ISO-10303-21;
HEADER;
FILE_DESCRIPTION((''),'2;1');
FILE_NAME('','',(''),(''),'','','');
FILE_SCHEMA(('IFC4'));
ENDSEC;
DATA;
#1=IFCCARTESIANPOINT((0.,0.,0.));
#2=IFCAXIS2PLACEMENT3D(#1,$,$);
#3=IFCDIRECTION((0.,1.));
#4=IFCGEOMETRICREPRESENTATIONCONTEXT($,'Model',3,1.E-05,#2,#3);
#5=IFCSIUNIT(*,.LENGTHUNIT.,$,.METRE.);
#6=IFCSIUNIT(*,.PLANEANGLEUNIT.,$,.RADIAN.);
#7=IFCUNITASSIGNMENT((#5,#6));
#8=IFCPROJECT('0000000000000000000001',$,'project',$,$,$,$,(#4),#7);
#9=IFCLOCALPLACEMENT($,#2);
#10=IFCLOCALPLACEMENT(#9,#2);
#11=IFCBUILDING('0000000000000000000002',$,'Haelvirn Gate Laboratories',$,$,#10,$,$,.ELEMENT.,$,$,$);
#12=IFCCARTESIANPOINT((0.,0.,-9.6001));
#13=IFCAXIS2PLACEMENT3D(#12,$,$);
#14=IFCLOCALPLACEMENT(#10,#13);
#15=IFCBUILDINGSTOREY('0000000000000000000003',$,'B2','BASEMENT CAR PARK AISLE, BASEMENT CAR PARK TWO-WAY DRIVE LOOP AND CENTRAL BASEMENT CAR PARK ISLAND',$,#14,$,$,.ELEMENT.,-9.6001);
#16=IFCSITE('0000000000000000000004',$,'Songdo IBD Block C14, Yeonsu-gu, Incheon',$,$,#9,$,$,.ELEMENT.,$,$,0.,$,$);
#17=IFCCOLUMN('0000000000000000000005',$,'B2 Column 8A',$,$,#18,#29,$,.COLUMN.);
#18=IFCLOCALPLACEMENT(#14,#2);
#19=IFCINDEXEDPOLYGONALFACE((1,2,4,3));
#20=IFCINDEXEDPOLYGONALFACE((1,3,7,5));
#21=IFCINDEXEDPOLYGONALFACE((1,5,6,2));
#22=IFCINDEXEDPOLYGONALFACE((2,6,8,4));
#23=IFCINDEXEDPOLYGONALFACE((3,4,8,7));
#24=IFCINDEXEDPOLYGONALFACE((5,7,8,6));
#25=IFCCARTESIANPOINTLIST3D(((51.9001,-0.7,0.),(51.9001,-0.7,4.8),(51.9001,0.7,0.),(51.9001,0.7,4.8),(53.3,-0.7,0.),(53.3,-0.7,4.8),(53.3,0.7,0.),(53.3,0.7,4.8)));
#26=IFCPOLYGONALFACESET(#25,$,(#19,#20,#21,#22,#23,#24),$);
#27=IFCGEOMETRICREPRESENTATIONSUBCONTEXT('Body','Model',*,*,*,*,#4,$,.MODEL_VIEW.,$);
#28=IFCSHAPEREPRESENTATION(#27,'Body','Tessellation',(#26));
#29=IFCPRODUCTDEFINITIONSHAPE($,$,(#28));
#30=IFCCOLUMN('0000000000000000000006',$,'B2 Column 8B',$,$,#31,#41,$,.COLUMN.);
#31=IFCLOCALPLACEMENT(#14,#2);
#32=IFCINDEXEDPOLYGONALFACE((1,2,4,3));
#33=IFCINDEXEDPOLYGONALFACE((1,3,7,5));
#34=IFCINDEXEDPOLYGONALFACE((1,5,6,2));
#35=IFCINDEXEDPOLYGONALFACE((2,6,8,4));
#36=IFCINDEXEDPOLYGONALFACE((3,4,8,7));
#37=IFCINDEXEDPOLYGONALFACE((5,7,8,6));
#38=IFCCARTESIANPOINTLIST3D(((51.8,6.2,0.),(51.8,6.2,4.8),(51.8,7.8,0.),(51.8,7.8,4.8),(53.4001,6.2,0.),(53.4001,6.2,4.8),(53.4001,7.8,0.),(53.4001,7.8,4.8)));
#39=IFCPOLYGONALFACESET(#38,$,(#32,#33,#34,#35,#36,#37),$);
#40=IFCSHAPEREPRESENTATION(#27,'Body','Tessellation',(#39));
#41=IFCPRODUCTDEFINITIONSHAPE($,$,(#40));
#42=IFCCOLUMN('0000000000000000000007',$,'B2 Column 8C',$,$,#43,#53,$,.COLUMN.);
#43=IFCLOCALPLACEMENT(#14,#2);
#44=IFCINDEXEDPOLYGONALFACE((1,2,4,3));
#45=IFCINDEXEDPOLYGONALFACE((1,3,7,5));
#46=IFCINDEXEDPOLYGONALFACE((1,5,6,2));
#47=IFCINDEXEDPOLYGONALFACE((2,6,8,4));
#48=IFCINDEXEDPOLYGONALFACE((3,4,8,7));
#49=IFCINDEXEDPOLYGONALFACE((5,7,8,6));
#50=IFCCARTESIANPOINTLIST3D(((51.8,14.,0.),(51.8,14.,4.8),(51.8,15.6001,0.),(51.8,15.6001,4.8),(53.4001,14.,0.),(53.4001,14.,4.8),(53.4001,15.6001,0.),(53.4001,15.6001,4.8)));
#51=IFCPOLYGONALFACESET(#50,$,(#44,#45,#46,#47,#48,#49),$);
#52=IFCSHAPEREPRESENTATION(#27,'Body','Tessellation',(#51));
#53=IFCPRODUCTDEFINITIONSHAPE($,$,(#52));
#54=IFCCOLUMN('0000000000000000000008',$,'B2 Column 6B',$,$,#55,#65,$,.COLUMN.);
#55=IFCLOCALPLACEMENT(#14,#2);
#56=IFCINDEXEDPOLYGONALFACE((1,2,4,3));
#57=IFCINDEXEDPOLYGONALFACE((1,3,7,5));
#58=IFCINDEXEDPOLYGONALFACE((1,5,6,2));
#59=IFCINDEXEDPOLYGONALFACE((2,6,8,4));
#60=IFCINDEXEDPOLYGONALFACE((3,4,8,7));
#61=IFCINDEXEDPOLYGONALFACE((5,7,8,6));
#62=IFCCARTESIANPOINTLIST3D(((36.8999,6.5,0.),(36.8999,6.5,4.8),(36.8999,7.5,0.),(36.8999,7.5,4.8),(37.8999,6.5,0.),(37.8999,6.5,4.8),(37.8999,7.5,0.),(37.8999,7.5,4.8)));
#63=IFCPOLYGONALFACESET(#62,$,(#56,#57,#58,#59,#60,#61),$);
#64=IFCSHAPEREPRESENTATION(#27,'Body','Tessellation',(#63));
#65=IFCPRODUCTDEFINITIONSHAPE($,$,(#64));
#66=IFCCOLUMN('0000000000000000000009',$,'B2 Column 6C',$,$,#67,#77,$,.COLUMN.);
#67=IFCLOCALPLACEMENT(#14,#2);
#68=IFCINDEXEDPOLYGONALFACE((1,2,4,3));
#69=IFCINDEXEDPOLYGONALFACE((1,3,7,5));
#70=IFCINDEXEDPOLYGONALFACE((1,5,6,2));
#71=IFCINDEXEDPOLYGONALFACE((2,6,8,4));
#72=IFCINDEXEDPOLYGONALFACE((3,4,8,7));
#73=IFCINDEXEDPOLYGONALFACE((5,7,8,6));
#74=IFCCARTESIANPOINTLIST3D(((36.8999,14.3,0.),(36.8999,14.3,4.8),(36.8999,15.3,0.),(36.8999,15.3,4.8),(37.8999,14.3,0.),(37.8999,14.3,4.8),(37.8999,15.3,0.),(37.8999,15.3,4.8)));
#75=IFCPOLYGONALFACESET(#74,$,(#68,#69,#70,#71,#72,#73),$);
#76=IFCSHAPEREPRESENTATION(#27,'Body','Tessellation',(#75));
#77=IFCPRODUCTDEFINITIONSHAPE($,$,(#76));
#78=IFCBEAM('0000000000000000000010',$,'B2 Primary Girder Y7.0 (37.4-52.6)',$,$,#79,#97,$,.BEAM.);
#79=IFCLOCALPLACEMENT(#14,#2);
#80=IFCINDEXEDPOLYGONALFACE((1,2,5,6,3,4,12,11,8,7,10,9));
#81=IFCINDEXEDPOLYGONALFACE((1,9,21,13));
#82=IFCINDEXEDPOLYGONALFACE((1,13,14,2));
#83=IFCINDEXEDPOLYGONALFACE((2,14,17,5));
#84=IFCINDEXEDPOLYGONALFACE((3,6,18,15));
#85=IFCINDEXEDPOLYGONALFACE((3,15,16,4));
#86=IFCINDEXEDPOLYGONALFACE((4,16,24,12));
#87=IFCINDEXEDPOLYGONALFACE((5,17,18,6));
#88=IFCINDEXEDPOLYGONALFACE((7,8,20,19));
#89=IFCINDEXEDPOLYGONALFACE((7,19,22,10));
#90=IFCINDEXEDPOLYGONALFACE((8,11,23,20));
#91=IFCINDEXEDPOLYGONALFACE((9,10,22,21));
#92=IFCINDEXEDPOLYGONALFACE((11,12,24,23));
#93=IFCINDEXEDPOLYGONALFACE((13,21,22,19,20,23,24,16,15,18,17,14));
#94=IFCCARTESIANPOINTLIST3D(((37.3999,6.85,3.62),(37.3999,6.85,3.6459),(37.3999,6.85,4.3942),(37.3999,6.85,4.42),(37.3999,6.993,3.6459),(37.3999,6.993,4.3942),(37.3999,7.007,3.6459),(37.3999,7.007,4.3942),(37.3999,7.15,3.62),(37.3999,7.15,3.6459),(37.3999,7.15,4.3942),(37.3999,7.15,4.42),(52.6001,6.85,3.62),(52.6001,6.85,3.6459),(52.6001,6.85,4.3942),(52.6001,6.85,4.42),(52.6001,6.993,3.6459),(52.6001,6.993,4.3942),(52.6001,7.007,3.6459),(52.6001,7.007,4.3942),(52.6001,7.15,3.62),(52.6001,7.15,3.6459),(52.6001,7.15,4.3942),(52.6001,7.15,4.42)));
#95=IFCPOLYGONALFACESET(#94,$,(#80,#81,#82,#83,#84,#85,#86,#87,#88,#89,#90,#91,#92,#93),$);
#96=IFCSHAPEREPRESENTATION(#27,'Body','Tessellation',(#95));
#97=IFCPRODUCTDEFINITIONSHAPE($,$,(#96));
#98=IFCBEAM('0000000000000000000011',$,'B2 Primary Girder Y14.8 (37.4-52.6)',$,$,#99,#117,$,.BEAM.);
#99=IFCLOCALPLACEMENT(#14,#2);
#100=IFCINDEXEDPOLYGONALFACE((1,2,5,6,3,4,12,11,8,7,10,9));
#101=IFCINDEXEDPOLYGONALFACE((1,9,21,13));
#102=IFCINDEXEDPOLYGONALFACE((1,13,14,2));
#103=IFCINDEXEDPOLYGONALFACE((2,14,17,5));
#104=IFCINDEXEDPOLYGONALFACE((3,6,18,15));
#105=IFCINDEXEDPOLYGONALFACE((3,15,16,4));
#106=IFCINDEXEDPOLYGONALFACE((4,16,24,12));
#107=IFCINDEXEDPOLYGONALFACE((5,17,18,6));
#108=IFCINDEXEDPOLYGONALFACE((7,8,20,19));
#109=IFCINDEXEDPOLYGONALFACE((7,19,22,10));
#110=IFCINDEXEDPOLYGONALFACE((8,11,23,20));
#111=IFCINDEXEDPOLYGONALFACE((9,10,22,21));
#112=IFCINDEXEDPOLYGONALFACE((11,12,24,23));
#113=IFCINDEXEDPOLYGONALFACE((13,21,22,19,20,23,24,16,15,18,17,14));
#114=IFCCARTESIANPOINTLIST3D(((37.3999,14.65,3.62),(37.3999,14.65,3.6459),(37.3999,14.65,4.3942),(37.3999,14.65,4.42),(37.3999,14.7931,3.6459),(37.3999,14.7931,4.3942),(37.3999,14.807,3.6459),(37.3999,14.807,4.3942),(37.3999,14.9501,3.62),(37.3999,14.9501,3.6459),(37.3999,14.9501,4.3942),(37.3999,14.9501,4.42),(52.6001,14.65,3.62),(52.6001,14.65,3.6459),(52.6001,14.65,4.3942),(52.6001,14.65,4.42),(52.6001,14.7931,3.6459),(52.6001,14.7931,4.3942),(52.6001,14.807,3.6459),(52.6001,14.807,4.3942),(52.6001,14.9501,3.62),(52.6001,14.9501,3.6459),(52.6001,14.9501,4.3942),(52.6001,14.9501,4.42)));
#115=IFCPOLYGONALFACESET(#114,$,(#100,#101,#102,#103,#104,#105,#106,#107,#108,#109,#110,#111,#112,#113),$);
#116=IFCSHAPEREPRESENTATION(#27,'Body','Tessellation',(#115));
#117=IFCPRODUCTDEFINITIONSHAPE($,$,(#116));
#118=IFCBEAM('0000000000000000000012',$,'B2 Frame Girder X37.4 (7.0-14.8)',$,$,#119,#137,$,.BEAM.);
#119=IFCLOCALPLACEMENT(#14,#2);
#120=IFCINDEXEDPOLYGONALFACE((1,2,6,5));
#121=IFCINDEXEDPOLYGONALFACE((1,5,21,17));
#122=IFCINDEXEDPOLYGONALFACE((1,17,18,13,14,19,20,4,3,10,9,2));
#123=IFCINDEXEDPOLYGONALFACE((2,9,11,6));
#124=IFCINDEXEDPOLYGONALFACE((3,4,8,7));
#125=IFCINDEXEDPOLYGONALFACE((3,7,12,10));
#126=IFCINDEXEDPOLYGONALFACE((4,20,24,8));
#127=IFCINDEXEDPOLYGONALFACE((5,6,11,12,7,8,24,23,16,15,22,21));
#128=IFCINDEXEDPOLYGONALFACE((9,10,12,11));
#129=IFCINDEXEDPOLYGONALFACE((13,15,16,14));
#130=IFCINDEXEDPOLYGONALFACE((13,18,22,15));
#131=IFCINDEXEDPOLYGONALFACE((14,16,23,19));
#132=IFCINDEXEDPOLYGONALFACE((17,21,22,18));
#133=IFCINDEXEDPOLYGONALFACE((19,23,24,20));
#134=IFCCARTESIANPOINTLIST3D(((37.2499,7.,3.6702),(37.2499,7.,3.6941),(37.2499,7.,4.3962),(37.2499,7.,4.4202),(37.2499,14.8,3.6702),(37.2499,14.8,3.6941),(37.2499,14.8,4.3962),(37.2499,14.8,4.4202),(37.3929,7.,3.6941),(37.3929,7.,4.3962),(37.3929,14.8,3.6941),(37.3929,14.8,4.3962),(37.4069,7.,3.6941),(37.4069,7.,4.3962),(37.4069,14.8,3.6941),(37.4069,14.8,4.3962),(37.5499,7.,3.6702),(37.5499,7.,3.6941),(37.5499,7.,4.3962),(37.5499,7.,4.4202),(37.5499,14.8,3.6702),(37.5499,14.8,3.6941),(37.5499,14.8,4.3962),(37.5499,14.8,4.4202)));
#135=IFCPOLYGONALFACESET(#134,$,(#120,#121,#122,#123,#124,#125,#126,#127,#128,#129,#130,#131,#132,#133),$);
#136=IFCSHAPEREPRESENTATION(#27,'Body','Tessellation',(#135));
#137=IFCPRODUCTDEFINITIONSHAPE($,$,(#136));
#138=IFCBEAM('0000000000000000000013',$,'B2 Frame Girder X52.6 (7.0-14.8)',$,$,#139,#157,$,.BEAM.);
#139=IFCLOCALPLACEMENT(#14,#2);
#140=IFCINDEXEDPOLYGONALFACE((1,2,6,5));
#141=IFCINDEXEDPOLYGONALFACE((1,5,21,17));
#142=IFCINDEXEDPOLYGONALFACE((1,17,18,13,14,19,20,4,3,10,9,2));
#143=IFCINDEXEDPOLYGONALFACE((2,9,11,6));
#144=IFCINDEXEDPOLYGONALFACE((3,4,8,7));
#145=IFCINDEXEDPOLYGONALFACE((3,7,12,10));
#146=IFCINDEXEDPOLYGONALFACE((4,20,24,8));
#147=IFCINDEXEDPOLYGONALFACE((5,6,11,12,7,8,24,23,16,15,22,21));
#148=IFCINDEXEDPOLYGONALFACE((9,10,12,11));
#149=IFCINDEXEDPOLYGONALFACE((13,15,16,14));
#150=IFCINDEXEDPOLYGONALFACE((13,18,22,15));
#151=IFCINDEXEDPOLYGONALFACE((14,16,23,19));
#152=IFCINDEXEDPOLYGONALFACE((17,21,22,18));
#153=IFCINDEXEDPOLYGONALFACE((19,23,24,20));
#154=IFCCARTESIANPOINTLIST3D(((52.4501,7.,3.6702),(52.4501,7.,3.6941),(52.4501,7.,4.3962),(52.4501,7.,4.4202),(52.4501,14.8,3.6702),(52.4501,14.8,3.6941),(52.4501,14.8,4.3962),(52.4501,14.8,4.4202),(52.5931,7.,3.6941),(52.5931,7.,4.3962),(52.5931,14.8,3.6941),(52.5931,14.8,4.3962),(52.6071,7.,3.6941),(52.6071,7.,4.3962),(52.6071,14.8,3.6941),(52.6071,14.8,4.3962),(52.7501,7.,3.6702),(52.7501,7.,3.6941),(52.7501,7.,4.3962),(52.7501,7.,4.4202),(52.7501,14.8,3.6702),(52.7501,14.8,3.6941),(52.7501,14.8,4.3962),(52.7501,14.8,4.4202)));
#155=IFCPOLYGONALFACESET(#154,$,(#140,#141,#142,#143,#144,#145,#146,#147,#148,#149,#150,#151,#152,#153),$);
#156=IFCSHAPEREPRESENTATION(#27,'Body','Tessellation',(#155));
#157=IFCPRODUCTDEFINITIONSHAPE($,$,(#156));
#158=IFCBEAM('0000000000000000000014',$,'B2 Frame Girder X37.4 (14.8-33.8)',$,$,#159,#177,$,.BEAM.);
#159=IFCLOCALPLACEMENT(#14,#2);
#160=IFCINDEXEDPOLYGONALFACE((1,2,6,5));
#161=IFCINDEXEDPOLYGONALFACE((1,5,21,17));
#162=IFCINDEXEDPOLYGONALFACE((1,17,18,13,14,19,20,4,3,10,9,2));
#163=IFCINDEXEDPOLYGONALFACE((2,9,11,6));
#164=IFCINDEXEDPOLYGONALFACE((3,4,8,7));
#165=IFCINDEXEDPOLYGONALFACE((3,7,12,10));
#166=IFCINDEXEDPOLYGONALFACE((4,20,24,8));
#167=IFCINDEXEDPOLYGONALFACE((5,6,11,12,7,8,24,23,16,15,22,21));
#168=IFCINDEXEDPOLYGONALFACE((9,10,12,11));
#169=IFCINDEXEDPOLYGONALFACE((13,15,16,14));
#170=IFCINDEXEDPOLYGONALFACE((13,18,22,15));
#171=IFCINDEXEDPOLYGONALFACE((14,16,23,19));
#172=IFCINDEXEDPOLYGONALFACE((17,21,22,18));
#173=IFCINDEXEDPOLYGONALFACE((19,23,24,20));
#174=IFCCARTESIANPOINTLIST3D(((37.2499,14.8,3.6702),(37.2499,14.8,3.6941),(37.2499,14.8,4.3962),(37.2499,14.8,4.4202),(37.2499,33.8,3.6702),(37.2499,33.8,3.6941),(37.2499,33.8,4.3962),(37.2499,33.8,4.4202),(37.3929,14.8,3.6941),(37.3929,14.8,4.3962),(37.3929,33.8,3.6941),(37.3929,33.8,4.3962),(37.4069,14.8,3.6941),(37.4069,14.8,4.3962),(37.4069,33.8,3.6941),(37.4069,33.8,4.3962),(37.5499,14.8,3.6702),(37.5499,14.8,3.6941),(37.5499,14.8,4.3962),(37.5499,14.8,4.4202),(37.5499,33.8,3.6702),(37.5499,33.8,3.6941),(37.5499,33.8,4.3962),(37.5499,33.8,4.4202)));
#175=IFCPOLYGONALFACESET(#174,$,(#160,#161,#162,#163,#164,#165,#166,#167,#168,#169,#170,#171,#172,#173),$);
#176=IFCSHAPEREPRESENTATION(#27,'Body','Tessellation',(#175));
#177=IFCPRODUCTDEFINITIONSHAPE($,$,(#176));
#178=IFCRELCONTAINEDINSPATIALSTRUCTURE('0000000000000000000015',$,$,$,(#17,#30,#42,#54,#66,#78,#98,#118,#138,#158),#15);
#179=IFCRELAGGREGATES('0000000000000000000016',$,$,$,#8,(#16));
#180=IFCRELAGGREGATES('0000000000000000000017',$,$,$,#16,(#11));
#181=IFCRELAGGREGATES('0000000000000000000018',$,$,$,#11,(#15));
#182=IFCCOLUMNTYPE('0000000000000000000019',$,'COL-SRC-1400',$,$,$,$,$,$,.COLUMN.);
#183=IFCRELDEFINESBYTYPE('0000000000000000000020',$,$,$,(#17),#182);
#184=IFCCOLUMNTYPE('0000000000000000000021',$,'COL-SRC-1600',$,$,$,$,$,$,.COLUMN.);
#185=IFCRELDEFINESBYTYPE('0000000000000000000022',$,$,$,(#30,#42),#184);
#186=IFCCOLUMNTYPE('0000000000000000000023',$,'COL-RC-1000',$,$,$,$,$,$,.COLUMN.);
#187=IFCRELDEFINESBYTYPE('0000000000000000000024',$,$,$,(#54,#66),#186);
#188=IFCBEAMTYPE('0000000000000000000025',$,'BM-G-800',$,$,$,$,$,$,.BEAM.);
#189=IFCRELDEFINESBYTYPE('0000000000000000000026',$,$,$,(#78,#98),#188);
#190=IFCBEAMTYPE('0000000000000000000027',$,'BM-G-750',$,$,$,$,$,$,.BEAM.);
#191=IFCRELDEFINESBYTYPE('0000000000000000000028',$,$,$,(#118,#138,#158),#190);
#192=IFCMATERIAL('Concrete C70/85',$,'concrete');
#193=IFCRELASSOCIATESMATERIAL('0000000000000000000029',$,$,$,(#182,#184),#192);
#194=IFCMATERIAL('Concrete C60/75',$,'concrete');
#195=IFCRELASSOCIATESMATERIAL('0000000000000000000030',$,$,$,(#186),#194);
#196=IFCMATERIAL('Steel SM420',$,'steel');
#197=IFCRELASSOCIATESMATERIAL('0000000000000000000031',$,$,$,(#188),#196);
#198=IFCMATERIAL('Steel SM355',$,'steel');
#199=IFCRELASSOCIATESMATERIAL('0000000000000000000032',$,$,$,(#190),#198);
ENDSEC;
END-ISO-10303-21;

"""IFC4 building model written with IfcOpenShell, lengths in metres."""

from ifc_helpers import new_model, si_unit, direction, frame, origin, origin_2d, place, context, subcontext, project, spatial, rectangle, i_section, extrude, source, transform, mapped, material, material_profile, profile_set, type_object, type_shapes, element, save


model = new_model("IFC4")

# Units and contexts
model_context = context("Model", 3, precision=1e-05, world=origin(), true_north=direction((0.0, 1.0)))
body_context = subcontext(model_context, "Body", "Model", "MODEL_VIEW")
ifc_project = project(units=[si_unit("LENGTHUNIT", "METRE"), si_unit("PLANEANGLEUNIT", "RADIAN")], contexts=[model_context])

# Site, building, storey
site_placement = place(None, origin())
site = spatial("IfcSite", under=ifc_project, at=site_placement, Name="Songdo IBD Block C14, Yeonsu-gu, Incheon", CompositionType="ELEMENT", RefElevation=0.0)
building_placement = place(site_placement, origin())
building = spatial("IfcBuilding", under=site, at=building_placement, Name="Haelvirn Gate Laboratories", CompositionType="ELEMENT")
storey_placement = place(building_placement, frame((0.0, 0.0, -9.6001)))
storey = spatial("IfcBuildingStorey", under=building, at=storey_placement, Name="B2", Description="BASEMENT CAR PARK AISLE, BASEMENT CAR PARK TWO-WAY DRIVE LOOP AND CENTRAL BASEMENT CAR PARK ISLAND", CompositionType="ELEMENT", Elevation=-9.6001)

# Columns
ifc_material_1 = material(Name="Concrete C70/85", Category="concrete")
ifc_material_profile_1 = material_profile(ifc_material_1, rectangle(XDim=1.3999, YDim=1.3999, at=origin_2d()), Name="SRC-1400x1400")
ifc_profile_set_1 = profile_set([ifc_material_profile_1], Name="Concrete C70/85")
column_type_1 = type_object("IfcColumnType", Name="COL-SRC-1400", PredefinedType="COLUMN", material=ifc_profile_set_1)
shared_shape_1 = source(origin(), body_context, "Body", "SweptSolid", [
    extrude(rectangle(XDim=1.3999, YDim=1.3999, at=origin_2d()), origin(), (0.0, 0.0, 1.0), 4.8),
])
type_shapes(column_type_1, [shared_shape_1])
column_placement = place(storey_placement, frame((52.6001, 0.0, 0.0), z_axis=(0.0, 0.0, 1.0), x_axis=(1.0, 0.0, 0.0)))
element("IfcColumn", 1, at=column_placement, inside=storey, type_object=column_type_1, Name="B2 Column 8A", PredefinedType="COLUMN", context=body_context, shape_type="MappedRepresentation", body=[
    mapped(shared_shape_1, transform((0.0, 0.0, 0.0), scale=1.0)),
])
ifc_material_profile_2 = material_profile(ifc_material_1, rectangle(XDim=1.6001, YDim=1.6001, at=origin_2d()), Name="SRC-1600x1600")
ifc_profile_set_2 = profile_set([ifc_material_profile_2], Name="Concrete C70/85")
column_type_2 = type_object("IfcColumnType", Name="COL-SRC-1600", PredefinedType="COLUMN", material=ifc_profile_set_2)
shared_shape_2 = source(origin(), body_context, "Body", "SweptSolid", [
    extrude(rectangle(XDim=1.6001, YDim=1.6001, at=origin_2d()), origin(), (0.0, 0.0, 1.0), 4.8),
])
type_shapes(column_type_2, [shared_shape_2])
for number, where, z_axis, x_axis, name in (
    (2, (52.6001, 7.0, 0.0), (0.0, 0.0, 1.0), (1.0, 0.0, 0.0), "B2 Column 8B"),
    (3, (52.6001, 14.8, 0.0), (0.0, 0.0, 1.0), (1.0, 0.0, 0.0), "B2 Column 8C"),
):
    element("IfcColumn", number, at=place(storey_placement, frame(where, z_axis=z_axis, x_axis=x_axis)), inside=storey, type_object=column_type_2, Name=name, PredefinedType="COLUMN", context=body_context, shape_type="MappedRepresentation", body=[
        mapped(shared_shape_2, transform((0.0, 0.0, 0.0), scale=1.0)),
    ])
ifc_material_2 = material(Name="Concrete C60/75", Category="concrete")
ifc_material_profile_3 = material_profile(ifc_material_2, rectangle(XDim=1.0, YDim=1.0, at=origin_2d()), Name="RC-1000x1000")
ifc_profile_set_3 = profile_set([ifc_material_profile_3], Name="Concrete C60/75")
column_type_3 = type_object("IfcColumnType", Name="COL-RC-1000", PredefinedType="COLUMN", material=ifc_profile_set_3)
shared_shape_3 = source(origin(), body_context, "Body", "SweptSolid", [
    extrude(rectangle(XDim=1.0, YDim=1.0, at=origin_2d()), origin(), (0.0, 0.0, 1.0), 4.8),
])
type_shapes(column_type_3, [shared_shape_3])
for number, where, z_axis, x_axis, name in (
    (4, (37.3999, 7.0, 0.0), (0.0, 0.0, 1.0), (1.0, 0.0, 0.0), "B2 Column 6B"),
    (5, (37.3999, 14.8, 0.0), (0.0, 0.0, 1.0), (1.0, 0.0, 0.0), "B2 Column 6C"),
):
    element("IfcColumn", number, at=place(storey_placement, frame(where, z_axis=z_axis, x_axis=x_axis)), inside=storey, type_object=column_type_3, Name=name, PredefinedType="COLUMN", context=body_context, shape_type="MappedRepresentation", body=[
        mapped(shared_shape_3, transform((0.0, 0.0, 0.0), scale=1.0)),
    ])

# Beams
ifc_material_3 = material(Name="Steel SM420", Category="steel")
ifc_material_profile_4 = material_profile(ifc_material_3, i_section(OverallWidth=0.3, OverallDepth=0.8, WebThickness=0.0139, FlangeThickness=0.0259, at=origin_2d()), Name="H-800x300x14x26")
ifc_profile_set_4 = profile_set([ifc_material_profile_4], Name="Steel SM420")
beam_type_1 = type_object("IfcBeamType", Name="BM-G-800", PredefinedType="BEAM", material=ifc_profile_set_4)
shared_shape_4 = source(origin(), body_context, "Body", "SweptSolid", [
    extrude(i_section(OverallWidth=0.3, OverallDepth=0.8, WebThickness=0.0139, FlangeThickness=0.0259, at=origin_2d()), origin(), (0.0, 0.0, 1.0), 15.2002),
])
type_shapes(beam_type_1, [shared_shape_4])
for number, where, z_axis, x_axis, name in (
    (6, (37.3999, 7.0, 4.02), (1.0, 0.0, 0.0), (0.0, 1.0, 0.0), "B2 Primary Girder Y7.0 (37.4-52.6)"),
    (7, (37.3999, 14.8, 4.02), (1.0, 0.0, 0.0), (0.0, 1.0, 0.0), "B2 Primary Girder Y14.8 (37.4-52.6)"),
):
    element("IfcBeam", number, at=place(storey_placement, frame(where, z_axis=z_axis, x_axis=x_axis)), inside=storey, type_object=beam_type_1, Name=name, PredefinedType="BEAM", context=body_context, shape_type="MappedRepresentation", body=[
        mapped(shared_shape_4, transform((0.0, 0.0, 0.0), scale=1.0)),
    ])
ifc_material_4 = material(Name="Steel SM355", Category="steel")
ifc_material_profile_5 = material_profile(ifc_material_4, i_section(OverallWidth=0.3, OverallDepth=0.75, WebThickness=0.0139, FlangeThickness=0.0239, at=origin_2d()), Name="H-750x300x14x24")
ifc_profile_set_5 = profile_set([ifc_material_profile_5], Name="Steel SM355")
beam_type_2 = type_object("IfcBeamType", Name="BM-G-750", PredefinedType="BEAM", material=ifc_profile_set_5)
shared_shape_5 = source(origin(), body_context, "Body", "SweptSolid", [
    extrude(i_section(OverallWidth=0.3, OverallDepth=0.75, WebThickness=0.0139, FlangeThickness=0.0239, at=origin_2d()), origin(), (0.0, 0.0, 1.0), 7.8),
])
for number, where, z_axis, x_axis, name in (
    (8, (37.3999, 7.0, 4.0452), (0.0, 1.0, 0.0), (-1.0, 0.0, 0.0), "B2 Frame Girder X37.4 (7.0-14.8)"),
    (9, (52.6001, 7.0, 4.0452), (0.0, 1.0, 0.0), (-1.0, 0.0, 0.0), "B2 Frame Girder X52.6 (7.0-14.8)"),
):
    element("IfcBeam", number, at=place(storey_placement, frame(where, z_axis=z_axis, x_axis=x_axis)), inside=storey, type_object=beam_type_2, Name=name, PredefinedType="BEAM", context=body_context, shape_type="MappedRepresentation", body=[
        mapped(shared_shape_5, transform((0.0, 0.0, 0.0), scale=1.0)),
    ])
shared_shape_6 = source(origin(), body_context, "Body", "SweptSolid", [
    extrude(i_section(OverallWidth=0.3, OverallDepth=0.75, WebThickness=0.0139, FlangeThickness=0.0239, at=origin_2d()), origin(), (0.0, 0.0, 1.0), 19.0),
])
type_shapes(beam_type_2, [shared_shape_5, shared_shape_6])
beam_1_placement = place(storey_placement, frame((37.3999, 14.8, 4.0452), z_axis=(0.0, 1.0, 0.0), x_axis=(-1.0, 0.0, 0.0)))
element("IfcBeam", 10, at=beam_1_placement, inside=storey, type_object=beam_type_2, Name="B2 Frame Girder X37.4 (14.8-33.8)", PredefinedType="BEAM", context=body_context, shape_type="MappedRepresentation", body=[
    mapped(shared_shape_6, transform((0.0, 0.0, 0.0), scale=1.0)),
])

save(model, "model.ifc")
